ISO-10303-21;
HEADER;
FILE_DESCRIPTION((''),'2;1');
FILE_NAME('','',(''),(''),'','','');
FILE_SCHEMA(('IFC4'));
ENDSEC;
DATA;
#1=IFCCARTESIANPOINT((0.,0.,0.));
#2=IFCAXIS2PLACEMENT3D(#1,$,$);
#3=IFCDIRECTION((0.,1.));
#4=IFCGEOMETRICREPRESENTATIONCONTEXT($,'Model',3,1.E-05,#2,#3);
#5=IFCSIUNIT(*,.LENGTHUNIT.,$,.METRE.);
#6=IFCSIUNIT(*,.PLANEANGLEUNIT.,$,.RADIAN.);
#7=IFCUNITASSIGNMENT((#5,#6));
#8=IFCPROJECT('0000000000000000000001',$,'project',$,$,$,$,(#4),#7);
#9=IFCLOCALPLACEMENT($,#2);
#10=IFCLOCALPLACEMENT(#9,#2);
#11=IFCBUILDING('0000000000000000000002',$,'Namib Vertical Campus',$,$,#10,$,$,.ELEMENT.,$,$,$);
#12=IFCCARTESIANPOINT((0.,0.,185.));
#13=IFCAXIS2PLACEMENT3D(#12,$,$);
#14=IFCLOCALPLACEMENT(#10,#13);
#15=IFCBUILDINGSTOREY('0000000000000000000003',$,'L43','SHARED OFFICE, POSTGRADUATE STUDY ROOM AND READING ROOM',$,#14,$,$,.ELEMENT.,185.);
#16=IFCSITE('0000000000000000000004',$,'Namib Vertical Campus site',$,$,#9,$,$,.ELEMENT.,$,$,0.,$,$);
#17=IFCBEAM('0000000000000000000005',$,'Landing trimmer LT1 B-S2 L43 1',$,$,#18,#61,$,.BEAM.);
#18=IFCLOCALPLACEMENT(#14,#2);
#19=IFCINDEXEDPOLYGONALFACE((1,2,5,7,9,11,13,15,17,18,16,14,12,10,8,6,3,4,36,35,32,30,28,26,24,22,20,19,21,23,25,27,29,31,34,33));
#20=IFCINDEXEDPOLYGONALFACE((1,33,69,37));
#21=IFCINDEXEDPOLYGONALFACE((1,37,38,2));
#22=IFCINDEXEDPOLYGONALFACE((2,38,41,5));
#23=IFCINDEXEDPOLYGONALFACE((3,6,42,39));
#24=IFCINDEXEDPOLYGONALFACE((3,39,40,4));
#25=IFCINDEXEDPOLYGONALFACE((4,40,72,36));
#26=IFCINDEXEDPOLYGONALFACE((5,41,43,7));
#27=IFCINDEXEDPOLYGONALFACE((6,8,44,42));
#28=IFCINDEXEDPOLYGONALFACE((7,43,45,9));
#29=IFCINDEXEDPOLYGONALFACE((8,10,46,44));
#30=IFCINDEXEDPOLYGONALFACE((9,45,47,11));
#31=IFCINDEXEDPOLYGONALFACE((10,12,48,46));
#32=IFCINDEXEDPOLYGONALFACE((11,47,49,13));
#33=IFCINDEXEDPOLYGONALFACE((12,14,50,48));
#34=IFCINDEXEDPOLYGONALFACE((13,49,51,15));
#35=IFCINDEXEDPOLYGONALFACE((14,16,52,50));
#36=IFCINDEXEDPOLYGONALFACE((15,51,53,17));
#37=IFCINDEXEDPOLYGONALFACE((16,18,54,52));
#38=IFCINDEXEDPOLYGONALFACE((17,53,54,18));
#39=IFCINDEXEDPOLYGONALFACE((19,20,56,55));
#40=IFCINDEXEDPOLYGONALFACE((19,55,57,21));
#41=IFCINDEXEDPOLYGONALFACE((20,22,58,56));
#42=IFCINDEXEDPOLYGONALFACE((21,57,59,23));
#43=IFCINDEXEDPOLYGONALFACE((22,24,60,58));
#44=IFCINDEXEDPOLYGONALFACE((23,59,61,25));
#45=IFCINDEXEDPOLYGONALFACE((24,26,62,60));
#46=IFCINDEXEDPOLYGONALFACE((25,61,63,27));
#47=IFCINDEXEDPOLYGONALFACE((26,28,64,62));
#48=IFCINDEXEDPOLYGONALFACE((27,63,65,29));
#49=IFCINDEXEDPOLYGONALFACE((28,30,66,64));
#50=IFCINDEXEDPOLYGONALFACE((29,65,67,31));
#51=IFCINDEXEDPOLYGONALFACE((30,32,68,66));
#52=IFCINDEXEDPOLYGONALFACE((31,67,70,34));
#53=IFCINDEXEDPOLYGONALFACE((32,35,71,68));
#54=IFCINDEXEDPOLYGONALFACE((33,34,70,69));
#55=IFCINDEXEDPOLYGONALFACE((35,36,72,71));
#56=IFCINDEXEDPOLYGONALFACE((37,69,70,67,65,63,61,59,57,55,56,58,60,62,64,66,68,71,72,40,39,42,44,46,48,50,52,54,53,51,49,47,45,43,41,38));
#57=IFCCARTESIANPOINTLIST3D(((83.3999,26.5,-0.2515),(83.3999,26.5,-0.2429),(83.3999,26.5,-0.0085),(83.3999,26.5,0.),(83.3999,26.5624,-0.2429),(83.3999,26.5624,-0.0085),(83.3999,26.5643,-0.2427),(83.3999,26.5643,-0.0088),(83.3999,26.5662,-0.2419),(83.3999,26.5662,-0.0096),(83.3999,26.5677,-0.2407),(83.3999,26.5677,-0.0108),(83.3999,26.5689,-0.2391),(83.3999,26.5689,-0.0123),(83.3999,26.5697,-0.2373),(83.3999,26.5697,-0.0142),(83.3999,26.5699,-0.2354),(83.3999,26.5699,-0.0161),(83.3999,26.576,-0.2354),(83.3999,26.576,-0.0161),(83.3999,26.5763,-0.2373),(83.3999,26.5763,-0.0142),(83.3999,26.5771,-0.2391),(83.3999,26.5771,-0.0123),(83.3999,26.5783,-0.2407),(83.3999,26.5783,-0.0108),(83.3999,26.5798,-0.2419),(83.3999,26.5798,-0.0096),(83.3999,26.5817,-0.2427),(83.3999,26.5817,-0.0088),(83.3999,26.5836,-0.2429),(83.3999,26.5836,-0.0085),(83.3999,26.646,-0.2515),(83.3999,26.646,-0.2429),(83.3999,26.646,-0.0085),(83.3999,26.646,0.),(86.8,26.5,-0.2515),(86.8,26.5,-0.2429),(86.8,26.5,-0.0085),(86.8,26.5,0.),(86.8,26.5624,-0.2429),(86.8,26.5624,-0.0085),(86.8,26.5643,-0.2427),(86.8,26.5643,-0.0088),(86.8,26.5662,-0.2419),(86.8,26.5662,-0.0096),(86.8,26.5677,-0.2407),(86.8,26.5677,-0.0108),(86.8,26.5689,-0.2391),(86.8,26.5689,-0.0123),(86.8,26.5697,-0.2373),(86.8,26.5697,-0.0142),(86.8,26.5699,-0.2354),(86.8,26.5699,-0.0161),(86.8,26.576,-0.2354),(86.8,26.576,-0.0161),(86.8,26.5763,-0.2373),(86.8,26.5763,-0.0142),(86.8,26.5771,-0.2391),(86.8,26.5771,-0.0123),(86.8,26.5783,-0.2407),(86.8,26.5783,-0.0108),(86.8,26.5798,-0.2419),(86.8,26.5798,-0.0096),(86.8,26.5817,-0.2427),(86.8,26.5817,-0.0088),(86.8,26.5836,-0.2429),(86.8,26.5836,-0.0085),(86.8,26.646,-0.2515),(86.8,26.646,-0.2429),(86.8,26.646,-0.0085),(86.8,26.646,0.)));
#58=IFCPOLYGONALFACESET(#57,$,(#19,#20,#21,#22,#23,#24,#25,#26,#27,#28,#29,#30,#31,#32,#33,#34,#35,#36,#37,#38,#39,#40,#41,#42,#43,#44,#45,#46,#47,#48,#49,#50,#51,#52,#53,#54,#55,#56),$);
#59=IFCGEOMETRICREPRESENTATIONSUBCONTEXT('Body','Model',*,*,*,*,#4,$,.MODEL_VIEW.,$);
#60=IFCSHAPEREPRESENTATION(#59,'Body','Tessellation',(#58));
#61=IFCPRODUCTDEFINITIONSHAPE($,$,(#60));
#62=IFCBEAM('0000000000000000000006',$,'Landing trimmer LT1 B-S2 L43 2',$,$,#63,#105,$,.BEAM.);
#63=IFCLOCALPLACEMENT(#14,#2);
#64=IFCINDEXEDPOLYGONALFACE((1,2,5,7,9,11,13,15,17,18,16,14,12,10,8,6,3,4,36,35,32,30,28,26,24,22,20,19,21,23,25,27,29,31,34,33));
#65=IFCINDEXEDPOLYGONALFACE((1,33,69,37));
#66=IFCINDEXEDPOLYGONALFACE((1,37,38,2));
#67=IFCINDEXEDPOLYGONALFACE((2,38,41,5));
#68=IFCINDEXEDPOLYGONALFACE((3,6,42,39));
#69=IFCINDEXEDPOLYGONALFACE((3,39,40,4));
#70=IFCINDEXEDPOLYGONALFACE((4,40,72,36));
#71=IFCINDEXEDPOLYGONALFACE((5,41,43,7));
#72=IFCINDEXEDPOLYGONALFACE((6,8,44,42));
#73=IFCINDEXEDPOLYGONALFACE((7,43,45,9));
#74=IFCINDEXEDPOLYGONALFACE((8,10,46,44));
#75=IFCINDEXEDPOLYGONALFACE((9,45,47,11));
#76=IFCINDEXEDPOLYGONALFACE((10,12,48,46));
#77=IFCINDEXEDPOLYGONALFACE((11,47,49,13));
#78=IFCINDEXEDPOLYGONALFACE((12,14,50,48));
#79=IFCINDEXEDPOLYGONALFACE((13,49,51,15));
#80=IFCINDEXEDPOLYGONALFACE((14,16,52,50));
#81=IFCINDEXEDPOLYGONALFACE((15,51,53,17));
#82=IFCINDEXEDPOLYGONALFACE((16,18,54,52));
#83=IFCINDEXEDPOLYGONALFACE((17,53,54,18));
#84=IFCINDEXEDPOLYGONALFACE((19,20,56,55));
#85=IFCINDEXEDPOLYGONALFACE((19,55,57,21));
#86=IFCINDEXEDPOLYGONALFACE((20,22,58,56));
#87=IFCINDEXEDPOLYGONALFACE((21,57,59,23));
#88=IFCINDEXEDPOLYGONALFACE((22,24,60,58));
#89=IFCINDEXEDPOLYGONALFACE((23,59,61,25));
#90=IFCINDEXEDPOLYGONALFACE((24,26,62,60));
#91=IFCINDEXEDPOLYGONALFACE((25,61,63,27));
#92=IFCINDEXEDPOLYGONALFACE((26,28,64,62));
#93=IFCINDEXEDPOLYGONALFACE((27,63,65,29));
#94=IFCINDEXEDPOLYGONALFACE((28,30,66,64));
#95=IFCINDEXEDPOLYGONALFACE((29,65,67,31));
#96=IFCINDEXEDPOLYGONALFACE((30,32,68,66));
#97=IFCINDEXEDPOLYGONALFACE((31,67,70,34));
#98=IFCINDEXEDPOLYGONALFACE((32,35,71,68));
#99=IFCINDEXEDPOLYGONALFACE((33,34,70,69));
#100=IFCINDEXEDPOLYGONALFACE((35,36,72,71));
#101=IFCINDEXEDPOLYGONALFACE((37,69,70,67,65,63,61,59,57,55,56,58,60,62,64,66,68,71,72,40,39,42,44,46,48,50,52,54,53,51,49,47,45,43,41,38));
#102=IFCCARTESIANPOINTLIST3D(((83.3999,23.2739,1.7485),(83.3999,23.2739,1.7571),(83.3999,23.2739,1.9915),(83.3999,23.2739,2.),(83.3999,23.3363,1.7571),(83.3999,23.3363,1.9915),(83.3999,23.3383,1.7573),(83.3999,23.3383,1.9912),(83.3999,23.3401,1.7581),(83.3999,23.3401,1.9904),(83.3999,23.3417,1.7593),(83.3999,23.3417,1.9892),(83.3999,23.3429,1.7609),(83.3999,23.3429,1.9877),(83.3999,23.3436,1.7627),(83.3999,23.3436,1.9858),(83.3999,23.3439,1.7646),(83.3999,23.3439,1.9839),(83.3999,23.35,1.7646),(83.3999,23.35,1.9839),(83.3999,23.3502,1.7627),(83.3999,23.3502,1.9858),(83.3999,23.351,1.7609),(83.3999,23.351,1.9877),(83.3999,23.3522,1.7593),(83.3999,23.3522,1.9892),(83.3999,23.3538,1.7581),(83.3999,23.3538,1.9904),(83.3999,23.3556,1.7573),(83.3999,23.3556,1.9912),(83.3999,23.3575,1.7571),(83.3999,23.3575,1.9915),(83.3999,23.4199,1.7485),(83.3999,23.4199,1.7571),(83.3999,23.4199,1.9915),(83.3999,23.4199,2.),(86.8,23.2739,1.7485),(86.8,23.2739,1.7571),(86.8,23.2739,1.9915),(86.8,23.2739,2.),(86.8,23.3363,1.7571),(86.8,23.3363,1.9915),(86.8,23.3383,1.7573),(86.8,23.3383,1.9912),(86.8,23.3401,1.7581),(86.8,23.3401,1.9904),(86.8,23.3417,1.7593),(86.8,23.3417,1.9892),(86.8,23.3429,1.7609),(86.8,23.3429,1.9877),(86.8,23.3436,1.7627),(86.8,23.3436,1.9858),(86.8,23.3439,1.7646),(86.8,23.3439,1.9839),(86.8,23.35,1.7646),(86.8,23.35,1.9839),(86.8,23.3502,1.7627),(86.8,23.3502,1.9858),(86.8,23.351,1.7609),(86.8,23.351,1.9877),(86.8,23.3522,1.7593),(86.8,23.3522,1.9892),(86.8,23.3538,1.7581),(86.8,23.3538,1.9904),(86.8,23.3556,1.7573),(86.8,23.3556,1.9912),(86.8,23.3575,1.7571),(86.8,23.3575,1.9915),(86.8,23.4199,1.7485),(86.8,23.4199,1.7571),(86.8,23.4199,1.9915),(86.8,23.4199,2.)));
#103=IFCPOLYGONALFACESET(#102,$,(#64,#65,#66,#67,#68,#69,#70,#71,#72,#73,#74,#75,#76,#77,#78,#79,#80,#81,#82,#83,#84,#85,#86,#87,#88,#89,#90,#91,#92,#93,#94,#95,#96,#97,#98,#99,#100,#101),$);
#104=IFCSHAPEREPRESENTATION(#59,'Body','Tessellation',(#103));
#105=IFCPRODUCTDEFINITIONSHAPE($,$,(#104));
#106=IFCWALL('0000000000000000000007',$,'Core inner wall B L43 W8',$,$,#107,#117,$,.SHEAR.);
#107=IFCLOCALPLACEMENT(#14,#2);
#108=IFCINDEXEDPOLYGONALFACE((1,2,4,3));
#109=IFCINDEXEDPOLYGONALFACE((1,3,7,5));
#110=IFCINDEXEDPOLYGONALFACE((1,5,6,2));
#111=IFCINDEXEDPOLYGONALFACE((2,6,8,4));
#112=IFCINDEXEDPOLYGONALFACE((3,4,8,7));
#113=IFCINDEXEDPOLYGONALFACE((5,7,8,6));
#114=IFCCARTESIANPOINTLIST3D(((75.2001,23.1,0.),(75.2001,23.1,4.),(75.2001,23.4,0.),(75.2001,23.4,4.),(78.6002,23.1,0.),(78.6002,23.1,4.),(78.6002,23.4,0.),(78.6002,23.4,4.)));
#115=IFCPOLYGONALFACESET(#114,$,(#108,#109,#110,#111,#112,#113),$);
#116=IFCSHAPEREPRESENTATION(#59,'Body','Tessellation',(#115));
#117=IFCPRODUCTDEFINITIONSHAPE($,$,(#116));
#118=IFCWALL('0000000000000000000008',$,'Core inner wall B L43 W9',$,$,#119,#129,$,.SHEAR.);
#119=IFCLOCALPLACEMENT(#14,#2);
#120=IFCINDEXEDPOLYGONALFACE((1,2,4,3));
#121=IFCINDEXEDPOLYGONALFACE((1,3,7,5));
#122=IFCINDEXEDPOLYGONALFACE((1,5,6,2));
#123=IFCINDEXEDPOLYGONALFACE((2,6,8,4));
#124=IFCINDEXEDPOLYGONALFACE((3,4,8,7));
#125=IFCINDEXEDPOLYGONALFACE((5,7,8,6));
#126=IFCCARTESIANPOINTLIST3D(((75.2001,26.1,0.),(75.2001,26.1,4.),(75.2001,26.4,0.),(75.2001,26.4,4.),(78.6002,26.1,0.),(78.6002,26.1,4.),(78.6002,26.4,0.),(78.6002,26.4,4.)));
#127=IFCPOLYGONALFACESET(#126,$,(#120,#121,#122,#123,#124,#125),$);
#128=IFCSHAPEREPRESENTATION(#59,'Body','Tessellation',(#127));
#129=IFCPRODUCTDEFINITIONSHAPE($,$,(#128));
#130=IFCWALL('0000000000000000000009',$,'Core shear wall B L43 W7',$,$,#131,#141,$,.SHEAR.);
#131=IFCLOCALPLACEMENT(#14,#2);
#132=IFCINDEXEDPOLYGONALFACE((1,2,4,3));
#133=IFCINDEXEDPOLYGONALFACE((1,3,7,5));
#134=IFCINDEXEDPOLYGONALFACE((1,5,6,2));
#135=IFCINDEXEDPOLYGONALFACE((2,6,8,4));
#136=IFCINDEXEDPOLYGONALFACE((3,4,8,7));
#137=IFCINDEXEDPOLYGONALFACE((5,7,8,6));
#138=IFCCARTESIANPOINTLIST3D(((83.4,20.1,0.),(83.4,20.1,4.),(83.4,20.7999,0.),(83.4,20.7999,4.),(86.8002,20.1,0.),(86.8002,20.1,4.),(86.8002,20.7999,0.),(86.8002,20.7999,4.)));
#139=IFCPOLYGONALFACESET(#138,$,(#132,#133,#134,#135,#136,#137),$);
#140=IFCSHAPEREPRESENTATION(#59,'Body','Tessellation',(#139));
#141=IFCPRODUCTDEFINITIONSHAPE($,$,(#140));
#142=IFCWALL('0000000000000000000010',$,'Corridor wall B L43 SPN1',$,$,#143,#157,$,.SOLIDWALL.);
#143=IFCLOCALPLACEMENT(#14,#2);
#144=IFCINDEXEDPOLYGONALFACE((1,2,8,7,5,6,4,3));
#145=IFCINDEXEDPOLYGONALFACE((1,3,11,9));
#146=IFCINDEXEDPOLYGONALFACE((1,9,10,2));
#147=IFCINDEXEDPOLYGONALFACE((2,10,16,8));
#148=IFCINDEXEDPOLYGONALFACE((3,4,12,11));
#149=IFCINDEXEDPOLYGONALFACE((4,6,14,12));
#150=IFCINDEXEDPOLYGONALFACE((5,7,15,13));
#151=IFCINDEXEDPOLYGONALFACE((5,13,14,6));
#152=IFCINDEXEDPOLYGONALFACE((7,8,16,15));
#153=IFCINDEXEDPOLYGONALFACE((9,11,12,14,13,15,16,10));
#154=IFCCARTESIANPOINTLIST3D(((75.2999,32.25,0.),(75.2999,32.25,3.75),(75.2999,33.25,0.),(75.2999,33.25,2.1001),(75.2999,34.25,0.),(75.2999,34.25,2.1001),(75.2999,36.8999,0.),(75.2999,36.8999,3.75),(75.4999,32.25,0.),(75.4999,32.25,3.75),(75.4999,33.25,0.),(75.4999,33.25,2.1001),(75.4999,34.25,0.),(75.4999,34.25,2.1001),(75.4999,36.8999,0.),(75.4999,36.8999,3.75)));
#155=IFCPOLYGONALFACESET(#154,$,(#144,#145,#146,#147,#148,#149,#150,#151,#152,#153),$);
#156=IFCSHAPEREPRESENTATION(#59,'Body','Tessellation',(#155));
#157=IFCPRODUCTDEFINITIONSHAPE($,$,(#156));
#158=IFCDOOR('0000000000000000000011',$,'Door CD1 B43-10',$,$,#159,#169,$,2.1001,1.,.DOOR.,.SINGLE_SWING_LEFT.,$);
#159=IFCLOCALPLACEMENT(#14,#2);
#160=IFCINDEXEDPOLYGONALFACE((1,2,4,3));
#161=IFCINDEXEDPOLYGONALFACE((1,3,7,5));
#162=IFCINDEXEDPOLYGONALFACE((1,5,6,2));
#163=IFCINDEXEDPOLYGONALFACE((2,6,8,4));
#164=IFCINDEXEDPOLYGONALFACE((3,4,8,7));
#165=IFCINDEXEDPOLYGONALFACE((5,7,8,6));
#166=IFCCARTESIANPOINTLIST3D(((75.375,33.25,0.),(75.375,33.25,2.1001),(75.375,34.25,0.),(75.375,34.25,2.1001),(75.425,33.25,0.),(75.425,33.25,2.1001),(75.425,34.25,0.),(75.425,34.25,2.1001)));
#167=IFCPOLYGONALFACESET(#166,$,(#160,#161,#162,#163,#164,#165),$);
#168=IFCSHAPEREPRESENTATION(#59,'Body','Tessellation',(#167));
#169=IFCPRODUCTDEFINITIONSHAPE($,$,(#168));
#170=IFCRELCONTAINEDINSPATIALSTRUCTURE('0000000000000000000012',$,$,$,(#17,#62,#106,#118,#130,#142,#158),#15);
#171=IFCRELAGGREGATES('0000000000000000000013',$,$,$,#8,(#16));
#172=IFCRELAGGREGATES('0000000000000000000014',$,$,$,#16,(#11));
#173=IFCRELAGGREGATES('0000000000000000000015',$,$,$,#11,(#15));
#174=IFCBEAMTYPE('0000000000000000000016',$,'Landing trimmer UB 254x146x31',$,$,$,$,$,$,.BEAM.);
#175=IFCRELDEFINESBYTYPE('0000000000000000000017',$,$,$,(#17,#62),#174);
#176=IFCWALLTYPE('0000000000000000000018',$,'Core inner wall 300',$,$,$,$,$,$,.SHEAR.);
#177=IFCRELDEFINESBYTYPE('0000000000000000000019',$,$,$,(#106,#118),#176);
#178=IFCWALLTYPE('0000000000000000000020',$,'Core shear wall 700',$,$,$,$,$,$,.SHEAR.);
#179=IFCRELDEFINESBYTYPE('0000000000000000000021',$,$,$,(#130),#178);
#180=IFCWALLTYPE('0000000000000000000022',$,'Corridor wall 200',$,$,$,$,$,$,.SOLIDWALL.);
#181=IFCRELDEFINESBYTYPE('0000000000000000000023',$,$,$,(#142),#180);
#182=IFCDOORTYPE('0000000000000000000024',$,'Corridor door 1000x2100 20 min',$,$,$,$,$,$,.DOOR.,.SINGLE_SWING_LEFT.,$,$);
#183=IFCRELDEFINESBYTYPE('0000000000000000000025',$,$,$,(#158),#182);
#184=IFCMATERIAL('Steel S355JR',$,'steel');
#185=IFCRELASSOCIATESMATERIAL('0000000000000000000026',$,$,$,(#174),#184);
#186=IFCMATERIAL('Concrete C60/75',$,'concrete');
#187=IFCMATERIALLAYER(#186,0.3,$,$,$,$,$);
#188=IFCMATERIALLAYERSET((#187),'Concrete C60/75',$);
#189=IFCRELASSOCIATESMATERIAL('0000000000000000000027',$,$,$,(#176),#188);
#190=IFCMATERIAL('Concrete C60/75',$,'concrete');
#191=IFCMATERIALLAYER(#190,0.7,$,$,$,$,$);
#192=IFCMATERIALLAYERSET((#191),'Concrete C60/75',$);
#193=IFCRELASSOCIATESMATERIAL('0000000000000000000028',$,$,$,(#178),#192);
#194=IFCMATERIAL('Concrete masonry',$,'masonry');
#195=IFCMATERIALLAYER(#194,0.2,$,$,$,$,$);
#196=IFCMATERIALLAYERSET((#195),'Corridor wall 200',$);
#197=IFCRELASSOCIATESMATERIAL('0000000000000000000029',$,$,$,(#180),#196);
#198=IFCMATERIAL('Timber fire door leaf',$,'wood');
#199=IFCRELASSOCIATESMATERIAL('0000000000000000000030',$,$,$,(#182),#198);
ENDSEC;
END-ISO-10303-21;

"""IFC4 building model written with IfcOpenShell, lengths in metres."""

from ifc_helpers import new_model, si_unit, direction, frame, frame_2d, origin, origin_2d, place, context, subcontext, project, spatial, rectangle, i_section, extrude, material, layer, layer_set, material_profile, profile_set, type_object, element, fill, save


model = new_model("IFC4")

# Units and contexts
model_context = context("Model", 3, precision=1e-05, world=origin(), true_north=direction((0.0, 1.0)))
body_context = subcontext(model_context, "Body", "Model", "MODEL_VIEW")
ifc_project = project(units=[si_unit("LENGTHUNIT", "METRE"), si_unit("PLANEANGLEUNIT", "RADIAN")], contexts=[model_context])

# Site, building, storey
site_placement = place(None, origin())
site = spatial("IfcSite", under=ifc_project, at=site_placement, Name="Namib Vertical Campus site", CompositionType="ELEMENT", RefElevation=0.0)
building_placement = place(site_placement, origin())
building = spatial("IfcBuilding", under=site, at=building_placement, Name="Namib Vertical Campus", CompositionType="ELEMENT")
storey_placement = place(building_placement, frame((0.0, 0.0, 185.0)))
storey = spatial("IfcBuildingStorey", under=building, at=storey_placement, Name="L43", Description="SHARED OFFICE, POSTGRADUATE STUDY ROOM AND READING ROOM", CompositionType="ELEMENT", Elevation=185.0)

# Beams
ifc_material_1 = material(Name="Steel S355JR", Category="steel")
ifc_material_profile = material_profile(ifc_material_1, i_section(OverallWidth=0.146, OverallDepth=0.2515, WebThickness=0.0061, FlangeThickness=0.0085, FilletRadius=0.0076, at=origin_2d()))
ifc_profile_set = profile_set([ifc_material_profile], Name="Steel S355JR")
beam_type = type_object("IfcBeamType", Name="Landing trimmer UB 254x146x31", PredefinedType="BEAM", material=ifc_profile_set)
for number, where, z_axis, x_axis, name in (
    (1, (83.3999, 26.573, -0.1257), (1.0, 0.0, 0.0), (0.0, 1.0, 0.0), "Landing trimmer LT1 B-S2 L43 1"),
    (2, (83.3999, 23.3469, 1.8743), (1.0, 0.0, 0.0), (0.0, 1.0, 0.0), "Landing trimmer LT1 B-S2 L43 2"),
):
    element("IfcBeam", number, at=place(storey_placement, frame(where, z_axis=z_axis, x_axis=x_axis)), inside=storey, type_object=beam_type, Name=name, PredefinedType="BEAM", context=body_context, shape_type="SweptSolid", body=[
        extrude(i_section(OverallWidth=0.146, OverallDepth=0.2515, WebThickness=0.0061, FlangeThickness=0.0085, FilletRadius=0.0076, at=origin_2d()), origin(), (0.0, 0.0, 1.0), 3.4001),
    ])

# Walls
ifc_material_2 = material(Name="Concrete C60/75", Category="concrete")
ifc_layer_1 = layer(ifc_material_2, 0.3)
ifc_layer_set_1 = layer_set([ifc_layer_1], Name="Concrete C60/75")
wall_type_1 = type_object("IfcWallType", Name="Core inner wall 300", PredefinedType="SHEAR", material=ifc_layer_set_1)
for number, where, z_axis, x_axis, name in (
    (3, (75.2, 23.25, 0.0), (0.0, 0.0, 1.0), (1.0, 0.0, 0.0), "Core inner wall B L43 W8"),
    (4, (75.2, 26.25, 0.0), (0.0, 0.0, 1.0), (1.0, 0.0, 0.0), "Core inner wall B L43 W9"),
):
    element("IfcWall", number, at=place(storey_placement, frame(where, z_axis=z_axis, x_axis=x_axis)), inside=storey, type_object=wall_type_1, Name=name, PredefinedType="SHEAR", context=body_context, shape_type="SweptSolid", body=[
        extrude(rectangle(XDim=3.4001, YDim=0.3, at=frame_2d((1.7002, 0.0))), origin(), (0.0, 0.0, 1.0), 4.0),
    ])
ifc_material_3 = material(Name="Concrete C60/75", Category="concrete")
ifc_layer_2 = layer(ifc_material_3, 0.7)
ifc_layer_set_2 = layer_set([ifc_layer_2], Name="Concrete C60/75")
wall_type_2 = type_object("IfcWallType", Name="Core shear wall 700", PredefinedType="SHEAR", material=ifc_layer_set_2)
wall_1_placement = place(storey_placement, frame((83.3999, 20.45, 0.0), z_axis=(0.0, 0.0, 1.0), x_axis=(1.0, 0.0, 0.0)))
element("IfcWall", 5, at=wall_1_placement, inside=storey, type_object=wall_type_2, Name="Core shear wall B L43 W7", PredefinedType="SHEAR", context=body_context, shape_type="SweptSolid", body=[
    extrude(rectangle(XDim=3.4001, YDim=0.7, at=frame_2d((1.7002, 0.0))), origin(), (0.0, 0.0, 1.0), 4.0),
])

# Wall, opening, door
ifc_material_4 = material(Name="Concrete masonry", Category="masonry")
ifc_layer_3 = layer(ifc_material_4, 0.2)
ifc_layer_set_3 = layer_set([ifc_layer_3], Name="Corridor wall 200")
wall_type_3 = type_object("IfcWallType", Name="Corridor wall 200", PredefinedType="SOLIDWALL", material=ifc_layer_set_3)
wall_2_placement = place(storey_placement, frame((75.3999, 32.25, 0.0), z_axis=(0.0, 0.0, 1.0), x_axis=(0.0, 1.0, 0.0)))
wall_2 = element("IfcWall", 6, at=wall_2_placement, inside=storey, type_object=wall_type_3, Name="Corridor wall B L43 SPN1", PredefinedType="SOLIDWALL", context=body_context, shape_type="SweptSolid", body=[
    extrude(rectangle(XDim=4.6499, YDim=0.2, at=frame_2d((2.325, 0.0))), origin(), (0.0, 0.0, 1.0), 3.75),
])
opening_1_placement = place(wall_2_placement, frame((1.0, 0.0, 0.0)))
opening_1 = element("IfcOpeningElement", 7, at=opening_1_placement, cuts=wall_2, PredefinedType="OPENING", context=body_context, shape_type="SweptSolid", body=[
    extrude(rectangle(XDim=1.0, YDim=2.1001, at=frame_2d((0.5, 1.05))), frame((0.0, 0.1099, 0.0), z_axis=(0.0, -1.0, 0.0), x_axis=(1.0, 0.0, 0.0)), (0.0, 0.0, 1.0), 0.22),
])
ifc_material_5 = material(Name="Timber fire door leaf", Category="wood")
door_type_1 = type_object("IfcDoorType", Name="Corridor door 1000x2100 20 min", OperationType="SINGLE_SWING_LEFT", PredefinedType="DOOR", material=ifc_material_5)
door_1_placement = place(opening_1_placement, origin())
door_1 = element("IfcDoor", 8, at=door_1_placement, inside=storey, type_object=door_type_1, Name="Door CD1 B43-10", OperationType="SINGLE_SWING_LEFT", OverallHeight=2.1001, OverallWidth=1.0, PredefinedType="DOOR", context=body_context, shape_type="SweptSolid", body=[
    extrude(rectangle(XDim=1.0, YDim=2.1001, at=frame_2d((0.5, 1.05))), frame((0.0, 0.0249, 0.0), z_axis=(0.0, -1.0, 0.0), x_axis=(1.0, 0.0, 0.0)), (0.0, 0.0, 1.0), 0.05),
])
fill(opening_1, door_1)

save(model, "model.ifc")
